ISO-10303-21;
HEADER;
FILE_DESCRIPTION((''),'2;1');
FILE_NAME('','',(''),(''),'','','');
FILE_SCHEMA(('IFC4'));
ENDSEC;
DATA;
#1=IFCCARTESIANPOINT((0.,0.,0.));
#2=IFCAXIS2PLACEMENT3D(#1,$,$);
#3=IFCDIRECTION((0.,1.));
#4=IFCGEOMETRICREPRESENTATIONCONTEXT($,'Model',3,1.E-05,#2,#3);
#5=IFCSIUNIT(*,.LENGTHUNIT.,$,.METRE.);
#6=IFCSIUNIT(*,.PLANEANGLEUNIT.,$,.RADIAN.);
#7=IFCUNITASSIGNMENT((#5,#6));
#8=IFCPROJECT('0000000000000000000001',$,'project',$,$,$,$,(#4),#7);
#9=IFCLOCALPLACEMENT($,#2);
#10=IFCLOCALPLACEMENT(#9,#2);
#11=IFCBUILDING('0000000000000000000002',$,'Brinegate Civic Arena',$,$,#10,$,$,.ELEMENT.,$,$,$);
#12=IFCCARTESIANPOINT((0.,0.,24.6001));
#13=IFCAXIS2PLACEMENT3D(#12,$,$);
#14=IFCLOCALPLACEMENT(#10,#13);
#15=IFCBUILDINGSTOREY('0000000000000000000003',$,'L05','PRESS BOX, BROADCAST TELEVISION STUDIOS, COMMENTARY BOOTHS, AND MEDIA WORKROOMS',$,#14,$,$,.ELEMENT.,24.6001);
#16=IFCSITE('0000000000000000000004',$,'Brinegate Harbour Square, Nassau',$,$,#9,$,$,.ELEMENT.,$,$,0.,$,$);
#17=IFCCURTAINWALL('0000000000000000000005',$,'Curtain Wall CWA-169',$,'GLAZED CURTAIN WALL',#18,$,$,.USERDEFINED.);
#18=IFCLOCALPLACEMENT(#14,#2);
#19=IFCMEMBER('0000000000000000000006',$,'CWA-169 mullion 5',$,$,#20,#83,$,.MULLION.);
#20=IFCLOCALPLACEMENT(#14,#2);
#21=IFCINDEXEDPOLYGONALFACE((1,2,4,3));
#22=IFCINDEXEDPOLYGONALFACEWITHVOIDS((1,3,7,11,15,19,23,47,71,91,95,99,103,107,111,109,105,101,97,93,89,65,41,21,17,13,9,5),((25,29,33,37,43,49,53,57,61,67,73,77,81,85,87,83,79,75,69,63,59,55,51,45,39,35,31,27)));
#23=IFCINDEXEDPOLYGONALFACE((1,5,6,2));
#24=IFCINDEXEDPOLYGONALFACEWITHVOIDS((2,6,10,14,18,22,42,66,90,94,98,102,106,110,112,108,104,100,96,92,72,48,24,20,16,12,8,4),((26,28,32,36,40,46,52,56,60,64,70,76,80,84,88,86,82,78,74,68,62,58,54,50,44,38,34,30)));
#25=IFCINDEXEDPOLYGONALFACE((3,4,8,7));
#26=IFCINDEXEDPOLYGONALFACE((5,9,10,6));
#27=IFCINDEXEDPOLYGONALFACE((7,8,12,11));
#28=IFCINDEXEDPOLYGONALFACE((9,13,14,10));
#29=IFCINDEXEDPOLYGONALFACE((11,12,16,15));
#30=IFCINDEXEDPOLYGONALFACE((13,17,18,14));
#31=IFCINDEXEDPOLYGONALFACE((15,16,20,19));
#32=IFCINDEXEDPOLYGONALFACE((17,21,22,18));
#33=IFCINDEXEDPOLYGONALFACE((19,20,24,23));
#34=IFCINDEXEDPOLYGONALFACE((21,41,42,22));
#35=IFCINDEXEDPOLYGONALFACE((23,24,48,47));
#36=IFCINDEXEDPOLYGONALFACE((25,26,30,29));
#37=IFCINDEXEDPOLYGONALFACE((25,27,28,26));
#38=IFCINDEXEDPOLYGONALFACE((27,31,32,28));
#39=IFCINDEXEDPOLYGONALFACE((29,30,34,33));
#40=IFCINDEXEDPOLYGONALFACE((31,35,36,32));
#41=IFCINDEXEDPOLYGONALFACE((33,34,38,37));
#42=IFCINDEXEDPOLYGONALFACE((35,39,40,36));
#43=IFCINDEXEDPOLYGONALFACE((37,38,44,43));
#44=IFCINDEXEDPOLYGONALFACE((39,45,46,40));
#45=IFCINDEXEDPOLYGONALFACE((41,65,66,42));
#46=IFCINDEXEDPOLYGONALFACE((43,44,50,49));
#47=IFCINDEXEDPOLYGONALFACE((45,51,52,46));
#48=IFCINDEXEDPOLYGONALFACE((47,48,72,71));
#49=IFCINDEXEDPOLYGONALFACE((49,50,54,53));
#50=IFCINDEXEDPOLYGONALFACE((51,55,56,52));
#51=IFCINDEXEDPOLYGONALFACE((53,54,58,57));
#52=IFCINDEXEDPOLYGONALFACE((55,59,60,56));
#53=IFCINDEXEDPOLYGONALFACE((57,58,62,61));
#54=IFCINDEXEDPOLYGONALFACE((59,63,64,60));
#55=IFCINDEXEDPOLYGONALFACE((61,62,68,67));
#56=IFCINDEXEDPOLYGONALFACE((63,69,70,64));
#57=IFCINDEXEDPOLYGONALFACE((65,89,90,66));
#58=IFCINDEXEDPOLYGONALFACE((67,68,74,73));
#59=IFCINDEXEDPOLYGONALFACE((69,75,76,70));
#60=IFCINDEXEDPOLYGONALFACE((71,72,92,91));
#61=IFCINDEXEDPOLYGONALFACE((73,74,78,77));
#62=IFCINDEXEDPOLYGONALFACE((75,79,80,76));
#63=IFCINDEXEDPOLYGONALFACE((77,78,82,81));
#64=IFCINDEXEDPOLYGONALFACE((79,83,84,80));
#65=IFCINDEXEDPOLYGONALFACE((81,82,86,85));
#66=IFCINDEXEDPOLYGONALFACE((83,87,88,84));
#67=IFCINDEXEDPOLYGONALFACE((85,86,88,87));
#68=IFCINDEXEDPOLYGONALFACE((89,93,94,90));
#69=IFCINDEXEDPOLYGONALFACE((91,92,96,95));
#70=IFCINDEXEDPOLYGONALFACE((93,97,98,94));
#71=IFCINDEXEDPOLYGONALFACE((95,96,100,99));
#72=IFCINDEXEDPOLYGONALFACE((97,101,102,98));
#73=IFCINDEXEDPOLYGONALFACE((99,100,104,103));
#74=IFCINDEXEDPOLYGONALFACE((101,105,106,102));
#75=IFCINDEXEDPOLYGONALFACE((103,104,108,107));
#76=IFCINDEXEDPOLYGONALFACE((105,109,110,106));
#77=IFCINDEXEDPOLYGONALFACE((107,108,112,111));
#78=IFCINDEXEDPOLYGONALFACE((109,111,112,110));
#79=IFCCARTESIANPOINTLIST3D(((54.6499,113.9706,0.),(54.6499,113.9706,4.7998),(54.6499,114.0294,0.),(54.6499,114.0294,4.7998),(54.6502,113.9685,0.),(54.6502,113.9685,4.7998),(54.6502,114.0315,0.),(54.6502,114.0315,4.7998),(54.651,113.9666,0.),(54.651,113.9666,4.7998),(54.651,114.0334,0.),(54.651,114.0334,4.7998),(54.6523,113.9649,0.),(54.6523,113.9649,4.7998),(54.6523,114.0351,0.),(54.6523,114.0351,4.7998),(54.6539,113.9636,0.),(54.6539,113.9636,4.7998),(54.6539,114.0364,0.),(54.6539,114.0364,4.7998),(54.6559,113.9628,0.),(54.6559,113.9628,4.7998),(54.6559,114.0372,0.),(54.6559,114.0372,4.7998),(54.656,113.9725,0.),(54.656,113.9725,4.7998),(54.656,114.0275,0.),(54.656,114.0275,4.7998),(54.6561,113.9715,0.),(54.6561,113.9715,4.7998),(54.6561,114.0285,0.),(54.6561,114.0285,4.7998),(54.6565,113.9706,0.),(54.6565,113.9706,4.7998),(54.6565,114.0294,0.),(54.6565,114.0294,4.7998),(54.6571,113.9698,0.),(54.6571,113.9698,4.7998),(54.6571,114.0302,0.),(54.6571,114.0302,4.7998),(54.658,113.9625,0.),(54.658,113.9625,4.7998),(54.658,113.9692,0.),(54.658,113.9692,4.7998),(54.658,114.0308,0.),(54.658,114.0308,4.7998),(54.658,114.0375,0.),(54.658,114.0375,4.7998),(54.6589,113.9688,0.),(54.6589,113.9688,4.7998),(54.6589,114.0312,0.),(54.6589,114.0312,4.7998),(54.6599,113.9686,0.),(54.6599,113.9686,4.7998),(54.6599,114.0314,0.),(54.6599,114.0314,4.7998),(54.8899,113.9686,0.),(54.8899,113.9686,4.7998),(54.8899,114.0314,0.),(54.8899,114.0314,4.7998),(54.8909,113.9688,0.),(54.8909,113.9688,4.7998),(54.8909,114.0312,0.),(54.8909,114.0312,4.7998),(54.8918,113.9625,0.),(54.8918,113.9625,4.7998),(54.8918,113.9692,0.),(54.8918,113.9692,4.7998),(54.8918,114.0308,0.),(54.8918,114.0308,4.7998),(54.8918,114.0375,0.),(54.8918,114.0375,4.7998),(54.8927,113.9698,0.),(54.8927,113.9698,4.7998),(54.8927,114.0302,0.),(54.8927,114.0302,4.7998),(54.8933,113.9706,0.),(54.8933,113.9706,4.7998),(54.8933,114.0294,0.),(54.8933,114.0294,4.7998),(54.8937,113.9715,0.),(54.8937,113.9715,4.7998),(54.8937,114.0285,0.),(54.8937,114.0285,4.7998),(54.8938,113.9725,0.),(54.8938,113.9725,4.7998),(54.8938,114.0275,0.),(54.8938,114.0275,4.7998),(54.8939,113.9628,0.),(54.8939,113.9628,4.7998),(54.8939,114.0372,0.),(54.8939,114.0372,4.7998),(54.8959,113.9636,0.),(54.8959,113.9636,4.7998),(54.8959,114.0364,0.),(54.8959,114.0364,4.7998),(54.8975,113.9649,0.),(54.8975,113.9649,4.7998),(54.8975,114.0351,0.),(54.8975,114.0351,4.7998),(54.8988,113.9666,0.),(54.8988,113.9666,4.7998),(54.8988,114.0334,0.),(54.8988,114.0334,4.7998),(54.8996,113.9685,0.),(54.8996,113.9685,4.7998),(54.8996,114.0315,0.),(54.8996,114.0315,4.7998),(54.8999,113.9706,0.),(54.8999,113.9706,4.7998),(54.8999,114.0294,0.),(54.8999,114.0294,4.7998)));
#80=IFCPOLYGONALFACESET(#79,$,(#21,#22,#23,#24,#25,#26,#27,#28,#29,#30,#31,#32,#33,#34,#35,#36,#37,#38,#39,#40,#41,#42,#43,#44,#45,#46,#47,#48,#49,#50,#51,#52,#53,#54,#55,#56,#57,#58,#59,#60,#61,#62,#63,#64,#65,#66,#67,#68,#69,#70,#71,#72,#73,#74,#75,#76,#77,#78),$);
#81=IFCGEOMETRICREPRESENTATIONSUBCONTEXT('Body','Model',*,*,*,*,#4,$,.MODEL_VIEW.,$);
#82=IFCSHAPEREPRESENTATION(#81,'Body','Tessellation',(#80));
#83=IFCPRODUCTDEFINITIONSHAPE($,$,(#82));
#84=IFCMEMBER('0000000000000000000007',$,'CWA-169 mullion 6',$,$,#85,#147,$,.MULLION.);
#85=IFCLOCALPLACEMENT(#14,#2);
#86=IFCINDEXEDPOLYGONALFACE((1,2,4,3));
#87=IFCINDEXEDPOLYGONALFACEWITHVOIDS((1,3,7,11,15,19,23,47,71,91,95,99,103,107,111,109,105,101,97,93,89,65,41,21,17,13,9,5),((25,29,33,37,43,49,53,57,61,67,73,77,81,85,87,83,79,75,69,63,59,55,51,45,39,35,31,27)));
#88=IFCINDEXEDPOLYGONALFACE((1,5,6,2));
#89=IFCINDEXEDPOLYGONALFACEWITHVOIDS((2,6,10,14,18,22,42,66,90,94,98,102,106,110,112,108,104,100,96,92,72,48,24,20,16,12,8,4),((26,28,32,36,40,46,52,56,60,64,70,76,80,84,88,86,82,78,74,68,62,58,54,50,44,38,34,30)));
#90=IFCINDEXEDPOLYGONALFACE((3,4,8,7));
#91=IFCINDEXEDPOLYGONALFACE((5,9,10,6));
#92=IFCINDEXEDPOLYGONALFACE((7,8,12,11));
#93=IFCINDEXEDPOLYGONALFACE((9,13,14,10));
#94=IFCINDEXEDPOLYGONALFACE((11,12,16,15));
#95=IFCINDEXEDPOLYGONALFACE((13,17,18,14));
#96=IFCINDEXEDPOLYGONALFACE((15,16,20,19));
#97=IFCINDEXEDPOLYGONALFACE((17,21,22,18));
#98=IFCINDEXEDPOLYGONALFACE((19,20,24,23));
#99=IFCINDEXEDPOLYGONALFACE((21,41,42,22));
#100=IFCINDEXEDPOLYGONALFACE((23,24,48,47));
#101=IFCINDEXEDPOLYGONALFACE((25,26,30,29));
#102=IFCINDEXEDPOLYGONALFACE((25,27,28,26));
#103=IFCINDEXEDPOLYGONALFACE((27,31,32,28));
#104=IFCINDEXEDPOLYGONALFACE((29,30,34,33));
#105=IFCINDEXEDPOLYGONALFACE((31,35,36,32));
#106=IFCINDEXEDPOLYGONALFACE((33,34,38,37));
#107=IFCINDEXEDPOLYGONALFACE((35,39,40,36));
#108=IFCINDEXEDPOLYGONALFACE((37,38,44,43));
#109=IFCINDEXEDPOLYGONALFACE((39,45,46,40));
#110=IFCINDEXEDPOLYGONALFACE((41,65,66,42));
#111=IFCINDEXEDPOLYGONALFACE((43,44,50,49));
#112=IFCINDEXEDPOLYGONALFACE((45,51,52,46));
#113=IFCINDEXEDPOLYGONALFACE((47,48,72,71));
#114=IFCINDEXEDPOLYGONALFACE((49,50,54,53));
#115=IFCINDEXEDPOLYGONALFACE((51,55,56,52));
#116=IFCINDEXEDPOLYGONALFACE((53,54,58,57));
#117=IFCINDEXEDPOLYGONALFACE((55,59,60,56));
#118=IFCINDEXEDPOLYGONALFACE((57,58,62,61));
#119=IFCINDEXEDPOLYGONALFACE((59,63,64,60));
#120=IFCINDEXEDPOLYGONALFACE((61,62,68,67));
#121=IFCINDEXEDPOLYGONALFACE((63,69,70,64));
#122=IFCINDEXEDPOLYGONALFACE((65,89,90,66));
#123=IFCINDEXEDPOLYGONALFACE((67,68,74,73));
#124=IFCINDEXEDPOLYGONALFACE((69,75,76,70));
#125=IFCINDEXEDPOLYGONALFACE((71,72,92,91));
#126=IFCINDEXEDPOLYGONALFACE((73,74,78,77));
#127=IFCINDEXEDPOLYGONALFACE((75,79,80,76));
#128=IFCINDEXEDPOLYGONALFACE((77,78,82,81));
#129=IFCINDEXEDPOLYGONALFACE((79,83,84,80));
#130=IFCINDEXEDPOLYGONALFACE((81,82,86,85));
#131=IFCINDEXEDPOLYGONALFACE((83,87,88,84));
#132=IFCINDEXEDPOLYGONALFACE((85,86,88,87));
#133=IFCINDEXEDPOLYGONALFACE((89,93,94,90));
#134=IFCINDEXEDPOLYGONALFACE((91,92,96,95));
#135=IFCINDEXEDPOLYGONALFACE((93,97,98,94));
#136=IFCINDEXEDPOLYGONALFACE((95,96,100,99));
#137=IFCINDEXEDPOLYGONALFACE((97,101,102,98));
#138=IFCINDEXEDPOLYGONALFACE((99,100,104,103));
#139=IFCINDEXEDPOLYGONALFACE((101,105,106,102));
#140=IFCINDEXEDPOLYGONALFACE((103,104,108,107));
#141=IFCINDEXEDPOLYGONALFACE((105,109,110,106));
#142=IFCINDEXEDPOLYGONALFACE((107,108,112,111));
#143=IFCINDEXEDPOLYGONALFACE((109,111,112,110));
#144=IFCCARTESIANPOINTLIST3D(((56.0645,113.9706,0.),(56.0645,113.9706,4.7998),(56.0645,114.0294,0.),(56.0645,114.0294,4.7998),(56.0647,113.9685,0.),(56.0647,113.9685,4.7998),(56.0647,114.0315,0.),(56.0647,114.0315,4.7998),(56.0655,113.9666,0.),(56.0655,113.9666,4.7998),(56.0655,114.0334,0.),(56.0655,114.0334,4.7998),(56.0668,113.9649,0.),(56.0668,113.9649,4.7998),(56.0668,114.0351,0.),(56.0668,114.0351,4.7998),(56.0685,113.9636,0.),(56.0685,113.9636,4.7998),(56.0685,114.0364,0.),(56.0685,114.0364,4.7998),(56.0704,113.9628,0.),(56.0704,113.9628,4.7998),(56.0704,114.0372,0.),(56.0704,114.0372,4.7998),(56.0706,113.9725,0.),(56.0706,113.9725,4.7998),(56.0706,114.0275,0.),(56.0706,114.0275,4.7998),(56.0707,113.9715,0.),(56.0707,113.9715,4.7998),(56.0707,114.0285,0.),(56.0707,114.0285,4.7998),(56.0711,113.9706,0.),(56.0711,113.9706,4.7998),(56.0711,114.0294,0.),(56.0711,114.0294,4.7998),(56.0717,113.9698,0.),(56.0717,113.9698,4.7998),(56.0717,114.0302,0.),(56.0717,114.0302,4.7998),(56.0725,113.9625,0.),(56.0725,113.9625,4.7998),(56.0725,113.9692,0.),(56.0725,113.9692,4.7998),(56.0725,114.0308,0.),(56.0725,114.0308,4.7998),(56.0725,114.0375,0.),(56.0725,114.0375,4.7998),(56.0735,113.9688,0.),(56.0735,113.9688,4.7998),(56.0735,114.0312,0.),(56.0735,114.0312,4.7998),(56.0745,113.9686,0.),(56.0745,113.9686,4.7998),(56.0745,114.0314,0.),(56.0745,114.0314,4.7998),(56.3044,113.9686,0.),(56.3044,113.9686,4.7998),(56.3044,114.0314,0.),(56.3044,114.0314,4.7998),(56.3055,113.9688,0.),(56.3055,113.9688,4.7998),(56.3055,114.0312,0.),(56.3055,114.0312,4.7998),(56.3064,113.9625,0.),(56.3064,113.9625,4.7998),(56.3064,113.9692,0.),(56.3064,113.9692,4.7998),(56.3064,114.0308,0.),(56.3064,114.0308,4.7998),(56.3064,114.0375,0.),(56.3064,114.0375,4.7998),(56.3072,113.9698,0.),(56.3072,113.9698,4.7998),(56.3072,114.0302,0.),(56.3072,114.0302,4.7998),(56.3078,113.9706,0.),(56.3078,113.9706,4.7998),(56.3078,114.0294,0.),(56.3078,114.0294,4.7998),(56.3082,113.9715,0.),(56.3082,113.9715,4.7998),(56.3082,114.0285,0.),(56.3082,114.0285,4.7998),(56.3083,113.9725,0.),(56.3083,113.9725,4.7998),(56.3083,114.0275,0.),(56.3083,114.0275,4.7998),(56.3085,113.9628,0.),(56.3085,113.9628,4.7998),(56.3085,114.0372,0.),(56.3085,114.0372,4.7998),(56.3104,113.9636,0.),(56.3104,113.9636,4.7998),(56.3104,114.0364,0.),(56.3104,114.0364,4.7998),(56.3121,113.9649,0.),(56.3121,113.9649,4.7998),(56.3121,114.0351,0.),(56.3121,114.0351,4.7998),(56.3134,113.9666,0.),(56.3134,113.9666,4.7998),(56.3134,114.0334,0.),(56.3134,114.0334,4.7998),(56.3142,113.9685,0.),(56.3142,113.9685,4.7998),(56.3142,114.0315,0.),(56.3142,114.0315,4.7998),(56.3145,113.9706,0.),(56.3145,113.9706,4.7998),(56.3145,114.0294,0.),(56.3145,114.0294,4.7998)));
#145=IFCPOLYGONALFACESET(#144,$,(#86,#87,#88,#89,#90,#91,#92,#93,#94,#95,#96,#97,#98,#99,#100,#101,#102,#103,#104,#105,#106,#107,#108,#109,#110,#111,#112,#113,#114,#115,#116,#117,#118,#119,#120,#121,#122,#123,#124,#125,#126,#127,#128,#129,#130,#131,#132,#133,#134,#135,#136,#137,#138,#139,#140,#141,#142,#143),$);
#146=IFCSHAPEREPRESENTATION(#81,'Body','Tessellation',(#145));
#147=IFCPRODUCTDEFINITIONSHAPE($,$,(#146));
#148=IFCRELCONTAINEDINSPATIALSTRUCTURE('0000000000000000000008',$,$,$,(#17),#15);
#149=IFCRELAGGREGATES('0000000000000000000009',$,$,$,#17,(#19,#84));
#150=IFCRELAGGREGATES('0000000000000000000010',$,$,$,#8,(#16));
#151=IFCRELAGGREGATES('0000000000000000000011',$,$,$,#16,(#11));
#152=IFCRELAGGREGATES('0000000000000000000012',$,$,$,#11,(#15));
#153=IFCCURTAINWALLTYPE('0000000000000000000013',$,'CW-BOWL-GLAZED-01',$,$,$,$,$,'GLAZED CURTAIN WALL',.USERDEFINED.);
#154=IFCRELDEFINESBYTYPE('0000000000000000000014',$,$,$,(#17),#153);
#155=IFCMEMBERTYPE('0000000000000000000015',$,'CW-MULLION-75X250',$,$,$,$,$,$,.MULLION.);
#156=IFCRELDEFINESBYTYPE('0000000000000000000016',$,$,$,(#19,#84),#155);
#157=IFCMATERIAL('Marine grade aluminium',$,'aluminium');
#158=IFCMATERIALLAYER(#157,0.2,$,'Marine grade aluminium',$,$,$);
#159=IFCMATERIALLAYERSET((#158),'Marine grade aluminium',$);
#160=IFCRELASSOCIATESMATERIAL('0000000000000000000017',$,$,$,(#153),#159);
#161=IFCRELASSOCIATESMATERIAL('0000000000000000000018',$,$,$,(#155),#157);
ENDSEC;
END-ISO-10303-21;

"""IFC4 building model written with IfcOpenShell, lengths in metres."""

from ifc_helpers import new_model, si_unit, direction, frame, origin, origin_2d, place, context, subcontext, project, spatial, hollow_rectangle, extrude, material, layer, layer_set, material_profile, profile_set, type_object, element, aggregate, save


model = new_model("IFC4")

# Units and contexts
model_context = context("Model", 3, precision=1e-05, world=origin(), true_north=direction((0.0, 1.0)))
body_context = subcontext(model_context, "Body", "Model", "MODEL_VIEW")
ifc_project = project(units=[si_unit("LENGTHUNIT", "METRE"), si_unit("PLANEANGLEUNIT", "RADIAN")], contexts=[model_context])

# Site, building, storey
site_placement = place(None, origin())
site = spatial("IfcSite", under=ifc_project, at=site_placement, Name="Brinegate Harbour Square, Nassau", CompositionType="ELEMENT", RefElevation=0.0)
building_placement = place(site_placement, origin())
building = spatial("IfcBuilding", under=site, at=building_placement, Name="Brinegate Civic Arena", CompositionType="ELEMENT")
storey_placement = place(building_placement, frame((0.0, 0.0, 24.6001)))
storey = spatial("IfcBuildingStorey", under=building, at=storey_placement, Name="L05", Description="PRESS BOX, BROADCAST TELEVISION STUDIOS, COMMENTARY BOOTHS, AND MEDIA WORKROOMS", CompositionType="ELEMENT", Elevation=24.6001)

# Shared definitions
ifc_material_1 = material(Name="Marine grade aluminium", Category="aluminium")
ifc_layer_1 = layer(ifc_material_1, 0.2, Name="Marine grade aluminium")
ifc_layer_set_1 = layer_set([ifc_layer_1], Name="Marine grade aluminium")
curtain_wall_type = type_object("IfcCurtainWallType", Name="CW-BOWL-GLAZED-01", ElementType="GLAZED CURTAIN WALL", PredefinedType="USERDEFINED", material=ifc_layer_set_1)

# Curtain wall, members
curtain_wall_1_placement = place(storey_placement, origin())
curtain_wall_1 = element("IfcCurtainWall", 1, at=curtain_wall_1_placement, inside=storey, type_object=curtain_wall_type, Name="Curtain Wall CWA-169", ObjectType="GLAZED CURTAIN WALL", PredefinedType="USERDEFINED")
ifc_material_profile_1 = material_profile(ifc_material_1, hollow_rectangle(XDim=0.075, YDim=0.25, WallThickness=0.0061, InnerFilletRadius=0.0039, OuterFilletRadius=0.0081, at=origin_2d()), Name="MUL75X250")
ifc_profile_set_1 = profile_set([ifc_material_profile_1], Name="Marine grade aluminium")
member_type_1 = type_object("IfcMemberType", Name="CW-MULLION-75X250", PredefinedType="MULLION", material=ifc_profile_set_1)
member_1_placement = place(storey_placement, frame((54.7749, 114.0, 0.0), z_axis=(0.0, 0.0, 1.0), x_axis=(0.0, 1.0, 0.0)))
member_1 = element("IfcMember", 2, at=member_1_placement, type_object=member_type_1, Name="CWA-169 mullion 5", PredefinedType="MULLION", context=body_context, shape_type="SweptSolid", body=[
    extrude(hollow_rectangle(XDim=0.075, YDim=0.25, WallThickness=0.0061, InnerFilletRadius=0.0039, OuterFilletRadius=0.0081, at=origin_2d()), origin(), (0.0, 0.0, 1.0), 4.7998),
])
member_2_placement = place(storey_placement, frame((56.1895, 114.0, 0.0), z_axis=(0.0, 0.0, 1.0), x_axis=(0.0, 1.0, 0.0)))
member_2 = element("IfcMember", 3, at=member_2_placement, type_object=member_type_1, Name="CWA-169 mullion 6", PredefinedType="MULLION", context=body_context, shape_type="SweptSolid", body=[
    extrude(hollow_rectangle(XDim=0.075, YDim=0.25, WallThickness=0.0061, InnerFilletRadius=0.0039, OuterFilletRadius=0.0081, at=origin_2d()), origin(), (0.0, 0.0, 1.0), 4.7998),
])

aggregate(curtain_wall_1, [member_1, member_2])

save(model, "model.ifc")
